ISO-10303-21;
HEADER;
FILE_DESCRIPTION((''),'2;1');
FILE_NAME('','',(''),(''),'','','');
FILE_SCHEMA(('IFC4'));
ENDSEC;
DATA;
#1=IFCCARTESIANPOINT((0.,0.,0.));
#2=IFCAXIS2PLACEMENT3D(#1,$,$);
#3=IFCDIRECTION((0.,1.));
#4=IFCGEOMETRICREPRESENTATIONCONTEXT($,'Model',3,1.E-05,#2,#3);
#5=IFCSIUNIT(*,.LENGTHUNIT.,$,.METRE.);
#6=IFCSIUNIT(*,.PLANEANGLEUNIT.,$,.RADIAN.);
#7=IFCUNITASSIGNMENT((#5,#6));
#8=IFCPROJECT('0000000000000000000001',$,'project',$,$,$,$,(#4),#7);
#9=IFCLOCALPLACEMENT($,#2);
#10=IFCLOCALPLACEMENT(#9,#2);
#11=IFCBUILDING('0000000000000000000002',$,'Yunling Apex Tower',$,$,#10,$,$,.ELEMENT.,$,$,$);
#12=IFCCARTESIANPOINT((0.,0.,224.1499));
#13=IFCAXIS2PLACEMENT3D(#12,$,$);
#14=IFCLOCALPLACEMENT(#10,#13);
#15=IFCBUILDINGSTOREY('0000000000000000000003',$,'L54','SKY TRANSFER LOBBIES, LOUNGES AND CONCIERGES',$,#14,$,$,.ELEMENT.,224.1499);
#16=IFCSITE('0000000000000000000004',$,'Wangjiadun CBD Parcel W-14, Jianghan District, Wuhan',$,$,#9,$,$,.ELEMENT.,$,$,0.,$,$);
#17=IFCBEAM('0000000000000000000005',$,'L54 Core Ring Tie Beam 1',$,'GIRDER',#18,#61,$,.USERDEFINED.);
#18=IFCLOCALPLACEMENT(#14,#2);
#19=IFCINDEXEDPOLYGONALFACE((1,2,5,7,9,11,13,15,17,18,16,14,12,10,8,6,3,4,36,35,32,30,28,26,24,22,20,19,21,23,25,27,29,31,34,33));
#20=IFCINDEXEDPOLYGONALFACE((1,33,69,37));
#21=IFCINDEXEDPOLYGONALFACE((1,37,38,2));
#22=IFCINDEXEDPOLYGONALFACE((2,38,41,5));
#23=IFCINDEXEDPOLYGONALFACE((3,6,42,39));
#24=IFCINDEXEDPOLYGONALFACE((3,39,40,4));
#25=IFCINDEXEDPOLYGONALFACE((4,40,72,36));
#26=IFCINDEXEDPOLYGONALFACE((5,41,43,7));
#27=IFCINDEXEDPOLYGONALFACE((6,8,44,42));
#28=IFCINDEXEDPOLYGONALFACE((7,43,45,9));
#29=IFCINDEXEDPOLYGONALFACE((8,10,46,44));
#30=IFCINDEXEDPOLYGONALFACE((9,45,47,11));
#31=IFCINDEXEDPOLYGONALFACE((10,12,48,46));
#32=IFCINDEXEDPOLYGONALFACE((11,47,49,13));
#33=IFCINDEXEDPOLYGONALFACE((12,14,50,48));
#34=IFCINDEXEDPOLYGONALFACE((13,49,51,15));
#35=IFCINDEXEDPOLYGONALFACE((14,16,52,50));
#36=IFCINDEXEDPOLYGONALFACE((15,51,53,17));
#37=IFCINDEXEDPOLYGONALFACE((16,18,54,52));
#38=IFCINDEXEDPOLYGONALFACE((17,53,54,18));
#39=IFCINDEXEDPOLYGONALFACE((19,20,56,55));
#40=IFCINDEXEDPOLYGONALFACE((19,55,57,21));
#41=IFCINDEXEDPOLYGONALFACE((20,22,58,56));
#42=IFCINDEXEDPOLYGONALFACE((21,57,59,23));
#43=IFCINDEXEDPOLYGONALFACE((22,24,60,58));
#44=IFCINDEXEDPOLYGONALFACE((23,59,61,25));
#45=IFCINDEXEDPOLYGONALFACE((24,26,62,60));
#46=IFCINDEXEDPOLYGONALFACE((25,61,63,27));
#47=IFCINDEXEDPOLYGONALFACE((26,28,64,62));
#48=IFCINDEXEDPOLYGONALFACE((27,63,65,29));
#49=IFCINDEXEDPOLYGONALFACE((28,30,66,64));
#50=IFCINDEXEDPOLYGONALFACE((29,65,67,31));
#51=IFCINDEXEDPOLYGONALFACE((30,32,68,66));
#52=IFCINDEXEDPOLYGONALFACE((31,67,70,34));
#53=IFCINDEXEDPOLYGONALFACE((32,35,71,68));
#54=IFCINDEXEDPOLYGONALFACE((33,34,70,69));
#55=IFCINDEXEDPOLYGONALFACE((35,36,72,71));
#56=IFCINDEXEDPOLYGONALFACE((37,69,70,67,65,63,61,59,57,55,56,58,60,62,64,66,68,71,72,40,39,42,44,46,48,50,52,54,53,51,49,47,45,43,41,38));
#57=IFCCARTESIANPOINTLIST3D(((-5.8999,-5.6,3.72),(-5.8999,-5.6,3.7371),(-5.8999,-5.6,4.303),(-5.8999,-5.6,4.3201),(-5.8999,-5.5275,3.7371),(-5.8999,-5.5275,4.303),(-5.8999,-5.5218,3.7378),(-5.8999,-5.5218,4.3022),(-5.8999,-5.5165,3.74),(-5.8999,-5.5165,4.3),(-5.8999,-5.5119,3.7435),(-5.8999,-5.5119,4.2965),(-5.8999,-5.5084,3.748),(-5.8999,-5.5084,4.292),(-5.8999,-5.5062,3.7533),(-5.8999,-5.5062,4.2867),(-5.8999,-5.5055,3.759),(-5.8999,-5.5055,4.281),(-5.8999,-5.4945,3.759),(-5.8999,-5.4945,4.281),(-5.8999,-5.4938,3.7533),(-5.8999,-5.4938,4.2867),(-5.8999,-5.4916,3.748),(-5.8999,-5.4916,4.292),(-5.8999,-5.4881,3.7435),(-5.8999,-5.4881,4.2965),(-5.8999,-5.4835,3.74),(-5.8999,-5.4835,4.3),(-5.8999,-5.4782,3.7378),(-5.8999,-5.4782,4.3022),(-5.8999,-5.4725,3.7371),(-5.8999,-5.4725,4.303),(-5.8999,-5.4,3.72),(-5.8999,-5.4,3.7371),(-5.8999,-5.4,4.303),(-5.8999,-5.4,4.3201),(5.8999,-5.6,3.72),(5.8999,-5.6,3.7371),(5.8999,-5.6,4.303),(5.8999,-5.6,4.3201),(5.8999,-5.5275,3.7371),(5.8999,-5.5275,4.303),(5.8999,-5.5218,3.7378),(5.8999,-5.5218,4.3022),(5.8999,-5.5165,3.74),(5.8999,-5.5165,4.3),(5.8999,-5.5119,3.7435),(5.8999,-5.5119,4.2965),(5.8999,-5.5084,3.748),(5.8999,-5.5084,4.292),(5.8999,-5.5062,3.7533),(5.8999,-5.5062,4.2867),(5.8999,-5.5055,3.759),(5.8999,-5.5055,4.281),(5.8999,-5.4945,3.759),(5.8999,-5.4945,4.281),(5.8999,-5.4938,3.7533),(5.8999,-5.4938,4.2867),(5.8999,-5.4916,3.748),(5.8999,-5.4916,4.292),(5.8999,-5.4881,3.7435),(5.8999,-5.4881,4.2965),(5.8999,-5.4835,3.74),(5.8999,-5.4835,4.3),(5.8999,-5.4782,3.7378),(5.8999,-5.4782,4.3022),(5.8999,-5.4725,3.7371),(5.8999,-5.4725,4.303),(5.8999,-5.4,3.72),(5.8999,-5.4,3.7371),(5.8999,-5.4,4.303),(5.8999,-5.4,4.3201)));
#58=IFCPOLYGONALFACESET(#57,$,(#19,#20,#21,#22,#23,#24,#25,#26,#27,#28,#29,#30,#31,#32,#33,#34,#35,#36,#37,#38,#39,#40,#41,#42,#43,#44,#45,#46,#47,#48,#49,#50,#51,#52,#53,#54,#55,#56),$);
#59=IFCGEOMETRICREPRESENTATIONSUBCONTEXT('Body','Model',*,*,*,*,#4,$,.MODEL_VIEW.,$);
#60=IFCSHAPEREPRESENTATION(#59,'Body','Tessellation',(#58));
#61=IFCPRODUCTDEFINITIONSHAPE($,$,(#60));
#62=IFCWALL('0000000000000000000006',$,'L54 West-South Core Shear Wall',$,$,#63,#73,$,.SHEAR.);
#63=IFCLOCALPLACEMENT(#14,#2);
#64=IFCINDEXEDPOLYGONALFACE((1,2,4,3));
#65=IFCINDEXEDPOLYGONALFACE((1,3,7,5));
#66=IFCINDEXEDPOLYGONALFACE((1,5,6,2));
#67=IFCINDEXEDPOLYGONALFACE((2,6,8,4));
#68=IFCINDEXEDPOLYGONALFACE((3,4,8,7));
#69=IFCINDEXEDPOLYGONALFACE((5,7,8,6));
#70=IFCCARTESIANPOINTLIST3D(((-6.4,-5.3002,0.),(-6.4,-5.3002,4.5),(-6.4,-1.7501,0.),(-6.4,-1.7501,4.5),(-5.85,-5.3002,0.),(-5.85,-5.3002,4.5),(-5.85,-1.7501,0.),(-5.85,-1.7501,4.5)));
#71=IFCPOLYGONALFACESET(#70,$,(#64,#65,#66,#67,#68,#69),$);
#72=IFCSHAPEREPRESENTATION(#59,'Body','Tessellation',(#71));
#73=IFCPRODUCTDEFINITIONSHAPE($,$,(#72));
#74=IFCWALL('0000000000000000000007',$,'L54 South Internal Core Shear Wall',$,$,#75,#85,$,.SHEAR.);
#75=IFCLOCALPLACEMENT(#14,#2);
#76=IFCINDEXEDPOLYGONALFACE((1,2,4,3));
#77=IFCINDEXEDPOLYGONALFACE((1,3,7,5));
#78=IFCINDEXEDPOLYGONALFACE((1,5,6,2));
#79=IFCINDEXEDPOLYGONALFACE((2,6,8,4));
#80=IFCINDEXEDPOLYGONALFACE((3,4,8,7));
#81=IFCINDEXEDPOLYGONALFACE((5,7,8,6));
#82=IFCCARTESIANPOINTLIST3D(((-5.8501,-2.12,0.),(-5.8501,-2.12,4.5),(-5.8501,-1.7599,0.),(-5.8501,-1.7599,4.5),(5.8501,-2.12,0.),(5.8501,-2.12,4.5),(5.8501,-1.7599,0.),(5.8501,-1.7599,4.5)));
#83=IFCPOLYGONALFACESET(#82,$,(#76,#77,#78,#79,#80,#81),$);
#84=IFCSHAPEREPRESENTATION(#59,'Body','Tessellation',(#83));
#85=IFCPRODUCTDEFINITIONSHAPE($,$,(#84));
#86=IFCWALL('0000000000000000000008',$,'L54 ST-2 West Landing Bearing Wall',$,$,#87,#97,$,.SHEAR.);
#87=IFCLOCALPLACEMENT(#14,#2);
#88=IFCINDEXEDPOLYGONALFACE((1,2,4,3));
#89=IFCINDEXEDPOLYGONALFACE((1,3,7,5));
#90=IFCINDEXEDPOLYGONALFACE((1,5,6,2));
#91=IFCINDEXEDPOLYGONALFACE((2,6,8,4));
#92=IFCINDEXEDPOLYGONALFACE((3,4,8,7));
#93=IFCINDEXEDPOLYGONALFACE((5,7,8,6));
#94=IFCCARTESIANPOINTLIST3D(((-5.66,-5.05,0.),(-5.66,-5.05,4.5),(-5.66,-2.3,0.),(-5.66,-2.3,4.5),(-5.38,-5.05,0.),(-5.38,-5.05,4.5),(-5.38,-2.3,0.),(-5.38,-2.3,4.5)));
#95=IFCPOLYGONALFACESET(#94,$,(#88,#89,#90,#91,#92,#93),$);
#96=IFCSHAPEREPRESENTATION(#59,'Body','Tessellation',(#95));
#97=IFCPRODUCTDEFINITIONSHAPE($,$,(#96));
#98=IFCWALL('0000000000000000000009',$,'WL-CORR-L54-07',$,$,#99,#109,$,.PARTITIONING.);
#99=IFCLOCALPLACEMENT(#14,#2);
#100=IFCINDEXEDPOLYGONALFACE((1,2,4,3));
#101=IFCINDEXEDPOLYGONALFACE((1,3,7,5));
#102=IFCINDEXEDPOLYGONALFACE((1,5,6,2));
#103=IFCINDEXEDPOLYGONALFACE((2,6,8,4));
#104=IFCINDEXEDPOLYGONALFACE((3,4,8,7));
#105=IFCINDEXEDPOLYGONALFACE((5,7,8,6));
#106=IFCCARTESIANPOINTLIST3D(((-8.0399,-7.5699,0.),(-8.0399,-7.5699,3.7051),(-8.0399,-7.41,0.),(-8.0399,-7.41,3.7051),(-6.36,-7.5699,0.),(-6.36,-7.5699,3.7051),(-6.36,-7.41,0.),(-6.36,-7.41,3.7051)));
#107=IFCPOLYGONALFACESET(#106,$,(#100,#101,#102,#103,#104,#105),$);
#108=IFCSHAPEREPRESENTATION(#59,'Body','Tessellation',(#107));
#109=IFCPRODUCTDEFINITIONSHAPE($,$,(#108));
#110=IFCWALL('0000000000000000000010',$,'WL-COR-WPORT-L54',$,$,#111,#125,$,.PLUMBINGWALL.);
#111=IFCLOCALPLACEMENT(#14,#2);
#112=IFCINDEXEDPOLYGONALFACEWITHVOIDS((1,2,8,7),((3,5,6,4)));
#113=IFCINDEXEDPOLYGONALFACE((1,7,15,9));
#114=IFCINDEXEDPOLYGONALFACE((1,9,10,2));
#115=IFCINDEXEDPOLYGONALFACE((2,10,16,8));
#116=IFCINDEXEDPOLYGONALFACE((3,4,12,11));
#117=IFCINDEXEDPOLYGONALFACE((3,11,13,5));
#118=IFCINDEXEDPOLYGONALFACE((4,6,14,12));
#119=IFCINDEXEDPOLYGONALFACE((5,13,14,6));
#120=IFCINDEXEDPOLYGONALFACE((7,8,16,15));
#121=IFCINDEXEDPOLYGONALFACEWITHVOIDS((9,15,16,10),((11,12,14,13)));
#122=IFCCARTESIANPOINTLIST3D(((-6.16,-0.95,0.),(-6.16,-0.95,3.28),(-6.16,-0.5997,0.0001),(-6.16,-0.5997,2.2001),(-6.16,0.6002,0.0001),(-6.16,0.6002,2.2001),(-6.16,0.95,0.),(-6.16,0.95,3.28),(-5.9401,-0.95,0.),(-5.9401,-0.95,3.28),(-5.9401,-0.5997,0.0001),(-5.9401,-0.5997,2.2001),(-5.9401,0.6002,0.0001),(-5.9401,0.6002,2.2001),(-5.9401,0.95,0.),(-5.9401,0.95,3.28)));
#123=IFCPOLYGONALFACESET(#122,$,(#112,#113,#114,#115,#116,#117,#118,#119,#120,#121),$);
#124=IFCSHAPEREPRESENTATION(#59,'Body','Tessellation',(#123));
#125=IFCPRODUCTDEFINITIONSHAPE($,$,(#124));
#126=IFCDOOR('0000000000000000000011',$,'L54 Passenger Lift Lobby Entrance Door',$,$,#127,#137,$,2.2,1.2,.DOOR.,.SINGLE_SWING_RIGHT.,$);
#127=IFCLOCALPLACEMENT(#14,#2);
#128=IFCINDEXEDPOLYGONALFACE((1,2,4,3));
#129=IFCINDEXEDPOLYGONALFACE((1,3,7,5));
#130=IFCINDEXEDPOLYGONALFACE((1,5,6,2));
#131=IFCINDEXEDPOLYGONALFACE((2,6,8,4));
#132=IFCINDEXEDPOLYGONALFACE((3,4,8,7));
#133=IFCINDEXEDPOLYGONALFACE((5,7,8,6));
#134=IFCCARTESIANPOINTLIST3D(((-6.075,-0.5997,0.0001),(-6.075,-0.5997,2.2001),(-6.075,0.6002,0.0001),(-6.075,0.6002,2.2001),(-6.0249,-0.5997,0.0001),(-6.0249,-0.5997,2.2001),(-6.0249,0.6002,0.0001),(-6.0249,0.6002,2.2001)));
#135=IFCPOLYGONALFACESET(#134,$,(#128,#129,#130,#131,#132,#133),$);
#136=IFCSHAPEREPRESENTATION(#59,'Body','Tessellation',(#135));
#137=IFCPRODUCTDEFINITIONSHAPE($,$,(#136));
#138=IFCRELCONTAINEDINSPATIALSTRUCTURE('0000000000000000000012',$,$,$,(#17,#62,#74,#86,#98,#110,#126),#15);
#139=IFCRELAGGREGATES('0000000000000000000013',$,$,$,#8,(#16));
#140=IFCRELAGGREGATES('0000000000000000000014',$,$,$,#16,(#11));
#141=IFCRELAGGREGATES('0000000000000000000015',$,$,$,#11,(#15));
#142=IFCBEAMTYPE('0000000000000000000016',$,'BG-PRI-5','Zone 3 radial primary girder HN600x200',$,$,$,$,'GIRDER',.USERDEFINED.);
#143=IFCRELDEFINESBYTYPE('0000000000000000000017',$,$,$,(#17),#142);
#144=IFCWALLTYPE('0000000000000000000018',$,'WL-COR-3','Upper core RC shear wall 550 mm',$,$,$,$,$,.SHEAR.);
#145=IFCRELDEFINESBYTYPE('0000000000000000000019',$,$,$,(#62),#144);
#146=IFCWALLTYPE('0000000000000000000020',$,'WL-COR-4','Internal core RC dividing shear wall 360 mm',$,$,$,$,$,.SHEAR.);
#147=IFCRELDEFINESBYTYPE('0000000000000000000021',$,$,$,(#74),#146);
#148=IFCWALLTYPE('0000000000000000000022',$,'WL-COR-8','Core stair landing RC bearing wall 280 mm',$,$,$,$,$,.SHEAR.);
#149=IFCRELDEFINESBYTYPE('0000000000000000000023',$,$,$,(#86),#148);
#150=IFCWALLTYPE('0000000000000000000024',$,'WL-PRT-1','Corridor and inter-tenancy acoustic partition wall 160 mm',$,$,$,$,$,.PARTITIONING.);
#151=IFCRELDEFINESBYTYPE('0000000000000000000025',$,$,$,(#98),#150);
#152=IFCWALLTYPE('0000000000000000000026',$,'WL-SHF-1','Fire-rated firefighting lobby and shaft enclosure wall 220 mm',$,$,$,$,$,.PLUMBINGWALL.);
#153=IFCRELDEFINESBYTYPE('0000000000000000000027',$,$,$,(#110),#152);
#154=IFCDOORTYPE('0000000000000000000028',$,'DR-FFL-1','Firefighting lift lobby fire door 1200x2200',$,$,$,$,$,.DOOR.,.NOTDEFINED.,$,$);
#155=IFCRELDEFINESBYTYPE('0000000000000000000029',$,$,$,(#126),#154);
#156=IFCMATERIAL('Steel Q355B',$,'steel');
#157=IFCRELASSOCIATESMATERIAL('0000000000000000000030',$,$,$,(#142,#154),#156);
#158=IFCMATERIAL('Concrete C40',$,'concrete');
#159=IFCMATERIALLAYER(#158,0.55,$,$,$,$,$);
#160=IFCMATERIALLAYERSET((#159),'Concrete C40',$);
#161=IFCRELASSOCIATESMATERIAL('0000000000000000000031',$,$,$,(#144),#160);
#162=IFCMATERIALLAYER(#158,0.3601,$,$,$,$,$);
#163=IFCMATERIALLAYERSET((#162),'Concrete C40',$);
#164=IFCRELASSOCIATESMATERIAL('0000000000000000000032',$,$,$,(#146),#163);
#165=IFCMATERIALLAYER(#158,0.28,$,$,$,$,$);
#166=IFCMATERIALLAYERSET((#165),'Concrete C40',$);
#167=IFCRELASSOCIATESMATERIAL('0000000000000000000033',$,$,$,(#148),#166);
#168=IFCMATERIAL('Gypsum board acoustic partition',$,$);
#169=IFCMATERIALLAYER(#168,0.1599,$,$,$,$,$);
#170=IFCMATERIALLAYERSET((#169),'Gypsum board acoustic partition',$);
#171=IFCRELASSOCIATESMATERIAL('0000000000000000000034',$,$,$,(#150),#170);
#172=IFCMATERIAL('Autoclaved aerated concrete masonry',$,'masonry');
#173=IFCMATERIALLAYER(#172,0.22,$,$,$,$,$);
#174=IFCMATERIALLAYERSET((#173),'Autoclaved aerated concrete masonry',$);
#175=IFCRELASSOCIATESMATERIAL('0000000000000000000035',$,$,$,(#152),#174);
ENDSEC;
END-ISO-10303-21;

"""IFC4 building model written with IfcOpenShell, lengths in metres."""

from ifc_helpers import new_model, si_unit, direction, frame, frame_2d, origin, origin_2d, place, context, subcontext, project, spatial, rectangle, i_section, extrude, source, transform, mapped, material, layer, layer_set, material_profile, profile_set, type_object, element, fill, save


model = new_model("IFC4")

# Units and contexts
model_context = context("Model", 3, precision=1e-05, world=origin(), true_north=direction((0.0, 1.0)))
body_context = subcontext(model_context, "Body", "Model", "MODEL_VIEW")
ifc_project = project(units=[si_unit("LENGTHUNIT", "METRE"), si_unit("PLANEANGLEUNIT", "RADIAN")], contexts=[model_context])

# Site, building, storey
site_placement = place(None, origin())
site = spatial("IfcSite", under=ifc_project, at=site_placement, Name="Wangjiadun CBD Parcel W-14, Jianghan District, Wuhan", CompositionType="ELEMENT", RefElevation=0.0)
building_placement = place(site_placement, origin())
building = spatial("IfcBuilding", under=site, at=building_placement, Name="Yunling Apex Tower", CompositionType="ELEMENT")
storey_placement = place(building_placement, frame((0.0, 0.0, 224.1499)))
storey = spatial("IfcBuildingStorey", under=building, at=storey_placement, Name="L54", Description="SKY TRANSFER LOBBIES, LOUNGES AND CONCIERGES", CompositionType="ELEMENT", Elevation=224.1499)

# Beam
ifc_material_1 = material(Name="Steel Q355B", Category="steel")
ifc_material_2 = material(Name="Concrete C40", Category="concrete")
ifc_material_profile_1 = material_profile(ifc_material_1, i_section(OverallWidth=0.2, OverallDepth=0.6001, WebThickness=0.011, FlangeThickness=0.0171, FilletRadius=0.022, at=origin_2d()))
ifc_profile_set_1 = profile_set([ifc_material_profile_1], Name="Steel Q355B")
beam_type_1 = type_object("IfcBeamType", Name="BG-PRI-5", Description="Zone 3 radial primary girder HN600x200", ElementType="GIRDER", PredefinedType="USERDEFINED", material=ifc_profile_set_1)
shared_shape_1 = source(origin(), body_context, "Body", "SweptSolid", [
    extrude(i_section(OverallWidth=0.2, OverallDepth=0.6001, WebThickness=0.011, FlangeThickness=0.0171, FilletRadius=0.022, at=origin_2d()), origin(), (0.0, 0.0, 1.0), 11.7998),
])
beam_1_placement = place(storey_placement, frame((-5.8999, -5.5, 4.02), z_axis=(1.0, 0.0, 0.0), x_axis=(0.0, 1.0, 0.0)))
element("IfcBeam", 1, at=beam_1_placement, inside=storey, type_object=beam_type_1, Name="L54 Core Ring Tie Beam 1", ObjectType="GIRDER", PredefinedType="USERDEFINED", context=body_context, shape_type="MappedRepresentation", body=[
    mapped(shared_shape_1, transform((0.0, 0.0, 0.0), scale=1.0)),
])

# Walls
ifc_layer_1 = layer(ifc_material_2, 0.55)
ifc_layer_set_1 = layer_set([ifc_layer_1], Name="Concrete C40")
wall_type_1 = type_object("IfcWallType", Name="WL-COR-3", Description="Upper core RC shear wall 550 mm", PredefinedType="SHEAR", material=ifc_layer_set_1)
wall_1_placement = place(storey_placement, frame((-6.125, -5.3, 0.0), z_axis=(0.0, 0.0, 1.0), x_axis=(0.0, 1.0, 0.0)))
element("IfcWall", 2, at=wall_1_placement, inside=storey, type_object=wall_type_1, Name="L54 West-South Core Shear Wall", PredefinedType="SHEAR", context=body_context, shape_type="SweptSolid", body=[
    extrude(rectangle(XDim=3.55, YDim=0.55, at=frame_2d((1.7749, 0.0))), origin(), (0.0, 0.0, 1.0), 4.5),
])
ifc_layer_2 = layer(ifc_material_2, 0.3601)
ifc_layer_set_2 = layer_set([ifc_layer_2], Name="Concrete C40")
wall_type_2 = type_object("IfcWallType", Name="WL-COR-4", Description="Internal core RC dividing shear wall 360 mm", PredefinedType="SHEAR", material=ifc_layer_set_2)
wall_2_placement = place(storey_placement, frame((-5.8501, -1.9399, 0.0), z_axis=(0.0, 0.0, 1.0), x_axis=(1.0, 0.0, 0.0)))
element("IfcWall", 3, at=wall_2_placement, inside=storey, type_object=wall_type_2, Name="L54 South Internal Core Shear Wall", PredefinedType="SHEAR", context=body_context, shape_type="SweptSolid", body=[
    extrude(rectangle(XDim=11.7002, YDim=0.3601, at=frame_2d((5.8501, 0.0))), origin(), (0.0, 0.0, 1.0), 4.5),
])
ifc_layer_3 = layer(ifc_material_2, 0.28)
ifc_layer_set_3 = layer_set([ifc_layer_3], Name="Concrete C40")
wall_type_3 = type_object("IfcWallType", Name="WL-COR-8", Description="Core stair landing RC bearing wall 280 mm", PredefinedType="SHEAR", material=ifc_layer_set_3)
wall_3_placement = place(storey_placement, frame((-5.52, -5.05, 0.0), z_axis=(0.0, 0.0, 1.0), x_axis=(0.0, 1.0, 0.0)))
element("IfcWall", 4, at=wall_3_placement, inside=storey, type_object=wall_type_3, Name="L54 ST-2 West Landing Bearing Wall", PredefinedType="SHEAR", context=body_context, shape_type="SweptSolid", body=[
    extrude(rectangle(XDim=2.75, YDim=0.28, at=frame_2d((1.375, 0.0))), origin(), (0.0, 0.0, 1.0), 4.5),
])
ifc_material_3 = material(Name="Gypsum board acoustic partition")
ifc_layer_4 = layer(ifc_material_3, 0.1599)
ifc_layer_set_4 = layer_set([ifc_layer_4], Name="Gypsum board acoustic partition")
wall_type_4 = type_object("IfcWallType", Name="WL-PRT-1", Description="Corridor and inter-tenancy acoustic partition wall 160 mm", PredefinedType="PARTITIONING", material=ifc_layer_set_4)
wall_4_placement = place(storey_placement, frame((-6.3601, -7.49, 0.0), z_axis=(0.0, 0.0, 1.0), x_axis=(-1.0, 0.0, 0.0)))
element("IfcWall", 5, at=wall_4_placement, inside=storey, type_object=wall_type_4, Name="WL-CORR-L54-07", PredefinedType="PARTITIONING", context=body_context, shape_type="SweptSolid", body=[
    extrude(rectangle(XDim=1.6799, YDim=0.1599, at=frame_2d((0.8398, 0.0))), origin(), (0.0, 0.0, 1.0), 3.7051),
])

# Wall, opening, door
ifc_material_4 = material(Name="Autoclaved aerated concrete masonry", Category="masonry")
ifc_layer_5 = layer(ifc_material_4, 0.22)
ifc_layer_set_5 = layer_set([ifc_layer_5], Name="Autoclaved aerated concrete masonry")
wall_type_5 = type_object("IfcWallType", Name="WL-SHF-1", Description="Fire-rated firefighting lobby and shaft enclosure wall 220 mm", PredefinedType="PLUMBINGWALL", material=ifc_layer_set_5)
wall_5_placement = place(storey_placement, frame((-6.05, -0.95, 0.0), z_axis=(0.0, 0.0, 1.0), x_axis=(0.0, 1.0, 0.0)))
wall_5 = element("IfcWall", 6, at=wall_5_placement, inside=storey, type_object=wall_type_5, Name="WL-COR-WPORT-L54", PredefinedType="PLUMBINGWALL", context=body_context, shape_type="SweptSolid", body=[
    extrude(rectangle(XDim=1.8999, YDim=0.22, at=frame_2d((0.95, 0.0))), origin(), (0.0, 0.0, 1.0), 3.28),
])
opening_1_placement = place(wall_5_placement, frame((0.3501, 0.0, 0.0)))
opening_1 = element("IfcOpeningElement", 7, at=opening_1_placement, cuts=wall_5, PredefinedType="OPENING", context=body_context, shape_type="SweptSolid", body=[
    extrude(rectangle(XDim=1.2, YDim=2.2, at=frame_2d((0.6001, 1.1001))), frame((0.0, 0.1201, 0.0), z_axis=(0.0, -1.0, 0.0), x_axis=(1.0, 0.0, 0.0)), (0.0, 0.0, 1.0), 0.24),
])
door_type_1 = type_object("IfcDoorType", Name="DR-FFL-1", Description="Firefighting lift lobby fire door 1200x2200", OperationType="NOTDEFINED", PredefinedType="DOOR", material=ifc_material_1)
door_1_placement = place(opening_1_placement, origin())
door_1 = element("IfcDoor", 8, at=door_1_placement, inside=storey, type_object=door_type_1, Name="L54 Passenger Lift Lobby Entrance Door", OperationType="SINGLE_SWING_RIGHT", OverallHeight=2.2, OverallWidth=1.2, PredefinedType="DOOR", context=body_context, shape_type="SweptSolid", body=[
    extrude(rectangle(XDim=1.2, YDim=2.2, at=frame_2d((0.6001, 1.1001))), frame((0.0, 0.0249, 0.0), z_axis=(0.0, -1.0, 0.0), x_axis=(1.0, 0.0, 0.0)), (0.0, 0.0, 1.0), 0.05),
])
fill(opening_1, door_1)

save(model, "model.ifc")
